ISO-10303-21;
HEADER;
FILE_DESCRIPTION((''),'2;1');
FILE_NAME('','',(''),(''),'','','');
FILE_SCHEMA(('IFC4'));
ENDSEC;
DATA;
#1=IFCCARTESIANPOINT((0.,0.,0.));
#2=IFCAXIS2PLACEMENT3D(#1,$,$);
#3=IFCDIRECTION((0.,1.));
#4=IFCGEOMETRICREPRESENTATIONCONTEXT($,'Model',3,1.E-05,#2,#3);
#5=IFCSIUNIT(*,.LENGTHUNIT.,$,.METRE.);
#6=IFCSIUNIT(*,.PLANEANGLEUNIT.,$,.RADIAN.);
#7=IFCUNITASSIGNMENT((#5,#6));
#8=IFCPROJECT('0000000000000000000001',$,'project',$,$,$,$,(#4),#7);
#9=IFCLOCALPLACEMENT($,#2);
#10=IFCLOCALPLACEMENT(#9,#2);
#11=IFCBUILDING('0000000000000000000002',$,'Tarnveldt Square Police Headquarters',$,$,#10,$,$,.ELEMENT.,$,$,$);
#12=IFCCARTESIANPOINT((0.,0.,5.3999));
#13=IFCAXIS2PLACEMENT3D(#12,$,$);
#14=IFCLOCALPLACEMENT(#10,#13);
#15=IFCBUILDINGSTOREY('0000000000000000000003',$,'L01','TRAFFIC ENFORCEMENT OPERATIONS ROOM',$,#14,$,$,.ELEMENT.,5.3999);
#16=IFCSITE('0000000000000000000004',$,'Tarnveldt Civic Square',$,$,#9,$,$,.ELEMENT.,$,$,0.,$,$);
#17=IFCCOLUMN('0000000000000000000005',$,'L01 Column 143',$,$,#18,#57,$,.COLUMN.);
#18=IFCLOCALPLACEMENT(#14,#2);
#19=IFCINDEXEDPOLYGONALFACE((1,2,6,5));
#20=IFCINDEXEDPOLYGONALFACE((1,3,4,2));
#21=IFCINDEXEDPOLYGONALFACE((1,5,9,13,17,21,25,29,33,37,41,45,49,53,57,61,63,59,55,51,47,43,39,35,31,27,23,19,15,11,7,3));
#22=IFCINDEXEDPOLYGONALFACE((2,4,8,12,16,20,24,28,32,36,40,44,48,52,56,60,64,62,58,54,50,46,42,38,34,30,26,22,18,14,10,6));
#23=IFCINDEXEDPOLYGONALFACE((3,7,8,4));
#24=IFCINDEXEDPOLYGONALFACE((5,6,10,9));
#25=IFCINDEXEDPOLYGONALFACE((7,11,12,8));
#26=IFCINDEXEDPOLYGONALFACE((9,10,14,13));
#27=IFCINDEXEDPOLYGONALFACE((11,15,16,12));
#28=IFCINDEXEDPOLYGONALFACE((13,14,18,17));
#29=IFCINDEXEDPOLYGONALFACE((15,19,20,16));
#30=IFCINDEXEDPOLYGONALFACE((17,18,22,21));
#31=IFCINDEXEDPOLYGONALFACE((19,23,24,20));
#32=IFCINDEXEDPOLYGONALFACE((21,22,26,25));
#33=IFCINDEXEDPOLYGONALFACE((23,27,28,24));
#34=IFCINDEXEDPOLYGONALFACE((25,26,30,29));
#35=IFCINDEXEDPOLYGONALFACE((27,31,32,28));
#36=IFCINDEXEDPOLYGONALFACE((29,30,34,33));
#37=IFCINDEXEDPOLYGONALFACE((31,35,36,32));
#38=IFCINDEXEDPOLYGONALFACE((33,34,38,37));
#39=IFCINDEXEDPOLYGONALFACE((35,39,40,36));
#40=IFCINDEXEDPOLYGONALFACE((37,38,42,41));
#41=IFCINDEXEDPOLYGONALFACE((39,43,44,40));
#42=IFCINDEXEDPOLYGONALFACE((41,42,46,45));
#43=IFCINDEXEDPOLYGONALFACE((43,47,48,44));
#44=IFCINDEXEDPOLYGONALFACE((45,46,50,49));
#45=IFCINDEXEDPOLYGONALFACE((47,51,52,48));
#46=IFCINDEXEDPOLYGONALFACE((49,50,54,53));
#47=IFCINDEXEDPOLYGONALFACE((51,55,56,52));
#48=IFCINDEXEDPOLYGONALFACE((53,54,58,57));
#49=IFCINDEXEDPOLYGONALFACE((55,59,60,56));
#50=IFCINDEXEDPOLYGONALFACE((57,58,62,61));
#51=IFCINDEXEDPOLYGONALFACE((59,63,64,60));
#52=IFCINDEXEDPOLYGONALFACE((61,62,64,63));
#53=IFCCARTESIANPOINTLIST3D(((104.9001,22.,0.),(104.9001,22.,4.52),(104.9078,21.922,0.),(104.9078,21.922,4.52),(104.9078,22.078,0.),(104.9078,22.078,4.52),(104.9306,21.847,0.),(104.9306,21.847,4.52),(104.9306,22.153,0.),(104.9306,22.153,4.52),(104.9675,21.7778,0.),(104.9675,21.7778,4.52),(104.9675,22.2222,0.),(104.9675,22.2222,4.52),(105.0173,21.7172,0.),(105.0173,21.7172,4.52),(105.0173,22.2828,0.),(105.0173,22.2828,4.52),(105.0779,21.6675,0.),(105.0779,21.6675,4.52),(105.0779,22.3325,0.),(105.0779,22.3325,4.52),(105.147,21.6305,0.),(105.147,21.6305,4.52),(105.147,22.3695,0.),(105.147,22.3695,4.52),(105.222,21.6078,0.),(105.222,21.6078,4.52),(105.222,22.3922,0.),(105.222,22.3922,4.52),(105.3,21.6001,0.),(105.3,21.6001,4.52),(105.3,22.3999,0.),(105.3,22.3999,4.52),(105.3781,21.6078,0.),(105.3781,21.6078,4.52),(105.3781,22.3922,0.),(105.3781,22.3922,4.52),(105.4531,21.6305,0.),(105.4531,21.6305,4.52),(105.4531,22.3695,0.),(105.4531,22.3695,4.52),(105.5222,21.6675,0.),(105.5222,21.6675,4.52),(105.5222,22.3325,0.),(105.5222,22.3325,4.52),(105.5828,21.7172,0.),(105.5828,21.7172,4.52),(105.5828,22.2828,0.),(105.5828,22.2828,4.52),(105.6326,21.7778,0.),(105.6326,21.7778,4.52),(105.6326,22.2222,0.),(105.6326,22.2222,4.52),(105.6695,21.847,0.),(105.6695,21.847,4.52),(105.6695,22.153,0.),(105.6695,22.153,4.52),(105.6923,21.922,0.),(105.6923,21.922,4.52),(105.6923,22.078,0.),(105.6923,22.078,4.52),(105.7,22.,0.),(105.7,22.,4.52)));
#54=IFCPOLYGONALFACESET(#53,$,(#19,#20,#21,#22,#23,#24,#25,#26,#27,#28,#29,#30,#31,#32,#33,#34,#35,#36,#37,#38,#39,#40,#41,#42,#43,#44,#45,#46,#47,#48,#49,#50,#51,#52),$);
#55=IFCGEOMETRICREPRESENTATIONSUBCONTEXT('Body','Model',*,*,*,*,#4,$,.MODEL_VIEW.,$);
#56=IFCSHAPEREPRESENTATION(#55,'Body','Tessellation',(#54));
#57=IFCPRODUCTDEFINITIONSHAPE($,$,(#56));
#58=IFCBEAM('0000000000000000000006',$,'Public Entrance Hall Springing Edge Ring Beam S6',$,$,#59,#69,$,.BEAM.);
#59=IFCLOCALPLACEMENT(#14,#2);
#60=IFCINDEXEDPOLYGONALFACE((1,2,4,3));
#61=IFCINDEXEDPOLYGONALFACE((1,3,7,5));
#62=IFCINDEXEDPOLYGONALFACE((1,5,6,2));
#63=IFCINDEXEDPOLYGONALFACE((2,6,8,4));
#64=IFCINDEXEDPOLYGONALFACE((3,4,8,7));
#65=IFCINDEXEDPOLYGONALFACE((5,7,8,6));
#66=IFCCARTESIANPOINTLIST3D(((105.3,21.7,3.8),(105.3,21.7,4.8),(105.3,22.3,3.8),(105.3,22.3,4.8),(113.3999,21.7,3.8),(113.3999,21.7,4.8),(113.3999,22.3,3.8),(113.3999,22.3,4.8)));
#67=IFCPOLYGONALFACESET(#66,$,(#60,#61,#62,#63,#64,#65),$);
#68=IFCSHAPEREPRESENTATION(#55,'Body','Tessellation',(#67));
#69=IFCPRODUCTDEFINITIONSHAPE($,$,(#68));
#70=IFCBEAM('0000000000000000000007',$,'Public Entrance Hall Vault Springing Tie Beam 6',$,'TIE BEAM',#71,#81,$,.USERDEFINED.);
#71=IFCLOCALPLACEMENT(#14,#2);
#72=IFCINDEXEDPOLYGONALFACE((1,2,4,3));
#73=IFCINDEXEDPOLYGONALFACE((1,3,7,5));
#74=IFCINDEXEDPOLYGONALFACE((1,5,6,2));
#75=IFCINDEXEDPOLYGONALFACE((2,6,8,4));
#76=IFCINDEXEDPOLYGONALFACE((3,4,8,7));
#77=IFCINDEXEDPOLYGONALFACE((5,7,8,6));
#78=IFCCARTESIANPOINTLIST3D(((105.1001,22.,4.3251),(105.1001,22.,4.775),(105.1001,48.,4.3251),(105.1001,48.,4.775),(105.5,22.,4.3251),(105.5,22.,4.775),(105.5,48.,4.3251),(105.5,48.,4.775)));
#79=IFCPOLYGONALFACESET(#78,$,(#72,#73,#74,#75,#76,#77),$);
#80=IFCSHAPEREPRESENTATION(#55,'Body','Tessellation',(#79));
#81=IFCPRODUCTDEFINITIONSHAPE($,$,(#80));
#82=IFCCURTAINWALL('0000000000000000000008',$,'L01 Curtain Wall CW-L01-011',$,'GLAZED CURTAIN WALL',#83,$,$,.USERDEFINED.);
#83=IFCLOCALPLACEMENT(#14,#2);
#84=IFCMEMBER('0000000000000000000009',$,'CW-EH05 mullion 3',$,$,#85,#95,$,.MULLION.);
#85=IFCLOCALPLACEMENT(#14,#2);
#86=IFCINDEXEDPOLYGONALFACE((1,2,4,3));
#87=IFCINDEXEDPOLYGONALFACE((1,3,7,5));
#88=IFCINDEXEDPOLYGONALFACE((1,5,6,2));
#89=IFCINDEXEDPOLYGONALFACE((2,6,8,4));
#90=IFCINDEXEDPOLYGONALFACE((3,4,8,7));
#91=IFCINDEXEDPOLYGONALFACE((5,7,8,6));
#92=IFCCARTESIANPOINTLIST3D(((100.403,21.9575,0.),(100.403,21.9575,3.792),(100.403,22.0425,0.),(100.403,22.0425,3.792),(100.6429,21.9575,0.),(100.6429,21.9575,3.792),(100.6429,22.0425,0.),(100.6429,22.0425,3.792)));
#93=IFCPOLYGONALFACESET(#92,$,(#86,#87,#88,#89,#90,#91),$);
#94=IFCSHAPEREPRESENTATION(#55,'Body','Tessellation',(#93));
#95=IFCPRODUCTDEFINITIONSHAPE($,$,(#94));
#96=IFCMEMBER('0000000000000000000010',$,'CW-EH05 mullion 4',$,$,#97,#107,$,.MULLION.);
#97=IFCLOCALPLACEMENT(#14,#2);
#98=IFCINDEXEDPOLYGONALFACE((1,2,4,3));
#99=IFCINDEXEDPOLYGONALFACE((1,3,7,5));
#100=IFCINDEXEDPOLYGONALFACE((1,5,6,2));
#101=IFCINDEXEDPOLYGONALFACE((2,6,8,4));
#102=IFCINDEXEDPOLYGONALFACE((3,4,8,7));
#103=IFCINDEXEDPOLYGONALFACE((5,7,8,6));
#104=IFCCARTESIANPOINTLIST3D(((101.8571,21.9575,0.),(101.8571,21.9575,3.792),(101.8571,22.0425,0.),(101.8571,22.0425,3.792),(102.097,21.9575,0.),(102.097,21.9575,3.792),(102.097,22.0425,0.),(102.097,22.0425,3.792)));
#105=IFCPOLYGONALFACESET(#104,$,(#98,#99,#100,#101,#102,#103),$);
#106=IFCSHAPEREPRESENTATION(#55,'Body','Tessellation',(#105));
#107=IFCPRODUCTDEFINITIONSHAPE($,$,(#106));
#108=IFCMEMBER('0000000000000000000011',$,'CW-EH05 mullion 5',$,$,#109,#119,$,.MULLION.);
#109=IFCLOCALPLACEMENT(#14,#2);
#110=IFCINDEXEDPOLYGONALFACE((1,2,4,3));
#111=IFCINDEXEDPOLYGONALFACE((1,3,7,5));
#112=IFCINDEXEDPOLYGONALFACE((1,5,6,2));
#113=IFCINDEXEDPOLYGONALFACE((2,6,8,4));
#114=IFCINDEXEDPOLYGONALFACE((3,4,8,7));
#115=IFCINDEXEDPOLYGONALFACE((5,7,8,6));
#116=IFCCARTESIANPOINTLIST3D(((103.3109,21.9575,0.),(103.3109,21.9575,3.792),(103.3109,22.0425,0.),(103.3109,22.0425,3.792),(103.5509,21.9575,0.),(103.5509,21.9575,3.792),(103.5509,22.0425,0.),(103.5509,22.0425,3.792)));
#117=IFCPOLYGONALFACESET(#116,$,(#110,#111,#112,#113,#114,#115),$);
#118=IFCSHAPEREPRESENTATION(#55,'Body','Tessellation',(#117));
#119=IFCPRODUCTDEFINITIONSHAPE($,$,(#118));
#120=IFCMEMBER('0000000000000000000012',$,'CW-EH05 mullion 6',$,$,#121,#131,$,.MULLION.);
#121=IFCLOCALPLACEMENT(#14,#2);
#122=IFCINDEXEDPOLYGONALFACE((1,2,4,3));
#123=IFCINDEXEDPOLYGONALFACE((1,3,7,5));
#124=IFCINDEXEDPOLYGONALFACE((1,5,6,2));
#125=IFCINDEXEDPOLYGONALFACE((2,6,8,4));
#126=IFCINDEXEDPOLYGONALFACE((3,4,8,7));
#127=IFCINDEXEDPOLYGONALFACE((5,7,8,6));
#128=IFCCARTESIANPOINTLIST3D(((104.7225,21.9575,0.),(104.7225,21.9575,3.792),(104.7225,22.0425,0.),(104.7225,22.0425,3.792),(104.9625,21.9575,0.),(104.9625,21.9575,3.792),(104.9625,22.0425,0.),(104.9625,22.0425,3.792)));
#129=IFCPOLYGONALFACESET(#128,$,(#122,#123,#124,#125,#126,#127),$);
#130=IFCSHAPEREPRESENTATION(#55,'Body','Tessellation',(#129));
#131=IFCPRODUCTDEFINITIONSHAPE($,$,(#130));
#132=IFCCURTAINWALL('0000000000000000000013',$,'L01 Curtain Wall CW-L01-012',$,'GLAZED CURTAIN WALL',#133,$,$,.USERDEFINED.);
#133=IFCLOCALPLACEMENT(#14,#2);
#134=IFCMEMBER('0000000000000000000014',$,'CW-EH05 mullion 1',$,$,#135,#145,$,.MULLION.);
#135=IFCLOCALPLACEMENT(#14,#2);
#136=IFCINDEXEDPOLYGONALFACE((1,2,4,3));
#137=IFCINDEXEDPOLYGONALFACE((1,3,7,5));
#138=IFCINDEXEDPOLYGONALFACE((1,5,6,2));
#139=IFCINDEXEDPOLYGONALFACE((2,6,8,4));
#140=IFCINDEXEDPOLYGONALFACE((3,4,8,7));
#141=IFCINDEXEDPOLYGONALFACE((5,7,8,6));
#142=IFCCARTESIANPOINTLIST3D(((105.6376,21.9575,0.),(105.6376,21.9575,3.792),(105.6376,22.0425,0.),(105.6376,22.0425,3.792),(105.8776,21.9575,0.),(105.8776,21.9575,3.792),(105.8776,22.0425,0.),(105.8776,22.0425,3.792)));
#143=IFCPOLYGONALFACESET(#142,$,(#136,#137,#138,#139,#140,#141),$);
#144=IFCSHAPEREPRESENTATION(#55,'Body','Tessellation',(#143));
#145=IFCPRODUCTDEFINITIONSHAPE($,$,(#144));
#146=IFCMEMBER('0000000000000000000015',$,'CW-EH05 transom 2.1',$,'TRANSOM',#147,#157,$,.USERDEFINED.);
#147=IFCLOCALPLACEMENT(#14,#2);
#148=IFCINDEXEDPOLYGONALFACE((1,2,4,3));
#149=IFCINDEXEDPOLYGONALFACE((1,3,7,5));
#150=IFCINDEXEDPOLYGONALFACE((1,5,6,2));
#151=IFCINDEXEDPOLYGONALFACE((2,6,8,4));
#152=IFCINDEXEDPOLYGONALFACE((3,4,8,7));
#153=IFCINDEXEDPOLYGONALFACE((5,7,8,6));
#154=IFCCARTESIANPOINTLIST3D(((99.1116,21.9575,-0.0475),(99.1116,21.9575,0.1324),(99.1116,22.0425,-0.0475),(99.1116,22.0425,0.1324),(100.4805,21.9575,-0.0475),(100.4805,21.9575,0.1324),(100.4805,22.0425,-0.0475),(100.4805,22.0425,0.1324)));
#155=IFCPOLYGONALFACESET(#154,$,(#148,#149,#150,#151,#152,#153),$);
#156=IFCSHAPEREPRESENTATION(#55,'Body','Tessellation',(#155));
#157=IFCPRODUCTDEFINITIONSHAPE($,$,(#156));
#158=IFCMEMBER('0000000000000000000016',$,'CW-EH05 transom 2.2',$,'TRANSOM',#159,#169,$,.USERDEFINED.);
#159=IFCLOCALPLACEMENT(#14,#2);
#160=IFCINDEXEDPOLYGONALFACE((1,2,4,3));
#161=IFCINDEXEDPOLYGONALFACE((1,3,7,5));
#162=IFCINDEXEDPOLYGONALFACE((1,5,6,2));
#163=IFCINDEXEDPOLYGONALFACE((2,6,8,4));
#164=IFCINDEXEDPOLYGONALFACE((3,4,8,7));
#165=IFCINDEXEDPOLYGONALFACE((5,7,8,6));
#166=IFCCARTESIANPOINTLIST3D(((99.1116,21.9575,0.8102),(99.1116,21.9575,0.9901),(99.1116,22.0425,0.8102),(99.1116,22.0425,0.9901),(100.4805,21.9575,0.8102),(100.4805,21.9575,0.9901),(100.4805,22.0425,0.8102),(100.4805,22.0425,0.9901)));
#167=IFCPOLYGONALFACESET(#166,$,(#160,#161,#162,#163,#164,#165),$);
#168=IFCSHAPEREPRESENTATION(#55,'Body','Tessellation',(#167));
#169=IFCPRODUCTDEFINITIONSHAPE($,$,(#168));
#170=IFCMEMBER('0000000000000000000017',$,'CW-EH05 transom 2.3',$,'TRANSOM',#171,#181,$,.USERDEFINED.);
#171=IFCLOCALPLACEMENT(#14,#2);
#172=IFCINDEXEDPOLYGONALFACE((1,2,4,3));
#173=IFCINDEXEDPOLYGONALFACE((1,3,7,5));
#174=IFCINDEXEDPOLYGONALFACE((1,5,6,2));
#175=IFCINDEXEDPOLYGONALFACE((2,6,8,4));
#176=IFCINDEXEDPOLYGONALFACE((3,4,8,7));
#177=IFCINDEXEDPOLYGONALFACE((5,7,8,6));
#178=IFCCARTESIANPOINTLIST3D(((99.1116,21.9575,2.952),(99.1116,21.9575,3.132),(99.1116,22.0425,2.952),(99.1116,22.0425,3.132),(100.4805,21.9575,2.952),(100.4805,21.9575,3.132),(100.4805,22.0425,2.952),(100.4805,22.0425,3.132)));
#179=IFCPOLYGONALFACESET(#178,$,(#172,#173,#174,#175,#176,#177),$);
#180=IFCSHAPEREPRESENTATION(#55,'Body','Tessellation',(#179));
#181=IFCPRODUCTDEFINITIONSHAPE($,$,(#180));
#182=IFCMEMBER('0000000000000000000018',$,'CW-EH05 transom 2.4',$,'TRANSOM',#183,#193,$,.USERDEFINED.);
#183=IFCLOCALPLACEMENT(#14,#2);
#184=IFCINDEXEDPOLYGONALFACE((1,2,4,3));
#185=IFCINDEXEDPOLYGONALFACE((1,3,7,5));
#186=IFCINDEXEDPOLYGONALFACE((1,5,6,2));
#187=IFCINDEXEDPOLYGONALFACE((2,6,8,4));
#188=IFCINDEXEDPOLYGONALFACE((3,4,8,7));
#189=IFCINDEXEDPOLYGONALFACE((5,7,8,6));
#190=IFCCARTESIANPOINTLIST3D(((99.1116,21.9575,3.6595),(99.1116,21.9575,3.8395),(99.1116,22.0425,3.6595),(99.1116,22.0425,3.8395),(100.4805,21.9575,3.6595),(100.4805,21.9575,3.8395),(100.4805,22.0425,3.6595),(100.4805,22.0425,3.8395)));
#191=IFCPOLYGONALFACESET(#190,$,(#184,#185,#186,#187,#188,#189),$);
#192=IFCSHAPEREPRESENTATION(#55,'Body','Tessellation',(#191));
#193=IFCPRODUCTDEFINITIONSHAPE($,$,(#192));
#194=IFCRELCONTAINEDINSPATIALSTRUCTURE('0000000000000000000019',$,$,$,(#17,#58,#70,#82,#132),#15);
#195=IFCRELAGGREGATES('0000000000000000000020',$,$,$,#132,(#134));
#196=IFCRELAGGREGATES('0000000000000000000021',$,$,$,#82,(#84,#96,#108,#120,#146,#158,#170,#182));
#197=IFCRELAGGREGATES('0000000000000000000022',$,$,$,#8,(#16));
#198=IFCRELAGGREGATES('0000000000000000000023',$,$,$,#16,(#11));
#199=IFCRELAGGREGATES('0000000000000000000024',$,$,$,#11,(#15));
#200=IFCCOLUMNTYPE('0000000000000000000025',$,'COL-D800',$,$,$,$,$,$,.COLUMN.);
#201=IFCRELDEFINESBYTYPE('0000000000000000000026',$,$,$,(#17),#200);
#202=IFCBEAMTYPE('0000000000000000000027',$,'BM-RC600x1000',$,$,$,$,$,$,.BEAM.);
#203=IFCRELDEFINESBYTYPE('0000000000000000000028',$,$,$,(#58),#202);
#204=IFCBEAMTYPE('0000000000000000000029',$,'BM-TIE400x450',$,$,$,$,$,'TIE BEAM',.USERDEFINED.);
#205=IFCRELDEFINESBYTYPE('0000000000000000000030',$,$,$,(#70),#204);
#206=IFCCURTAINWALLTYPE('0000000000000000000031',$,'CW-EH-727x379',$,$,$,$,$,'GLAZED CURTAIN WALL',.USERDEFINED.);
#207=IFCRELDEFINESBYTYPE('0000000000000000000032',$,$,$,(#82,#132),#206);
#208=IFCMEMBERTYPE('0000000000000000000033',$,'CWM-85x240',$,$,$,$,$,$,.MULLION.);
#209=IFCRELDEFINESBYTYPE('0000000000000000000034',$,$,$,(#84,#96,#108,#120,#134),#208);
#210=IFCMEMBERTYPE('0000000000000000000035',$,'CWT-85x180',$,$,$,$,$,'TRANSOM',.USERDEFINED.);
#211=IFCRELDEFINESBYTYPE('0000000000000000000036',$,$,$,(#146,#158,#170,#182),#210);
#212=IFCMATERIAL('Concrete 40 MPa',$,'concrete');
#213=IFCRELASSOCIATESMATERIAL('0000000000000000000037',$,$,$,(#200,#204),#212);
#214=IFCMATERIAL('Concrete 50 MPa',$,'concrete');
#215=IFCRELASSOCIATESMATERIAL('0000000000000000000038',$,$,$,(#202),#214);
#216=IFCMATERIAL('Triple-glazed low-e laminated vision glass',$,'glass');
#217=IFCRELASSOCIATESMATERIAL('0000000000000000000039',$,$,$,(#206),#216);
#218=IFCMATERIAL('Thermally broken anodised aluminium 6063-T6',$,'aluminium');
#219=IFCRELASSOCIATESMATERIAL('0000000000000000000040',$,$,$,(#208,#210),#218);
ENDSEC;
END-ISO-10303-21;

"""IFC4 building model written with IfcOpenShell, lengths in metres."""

from ifc_helpers import new_model, si_unit, direction, frame, origin, origin_2d, place, context, subcontext, project, spatial, rectangle, circle, extrude, material, material_profile, profile_set, type_object, element, aggregate, save


model = new_model("IFC4")

# Units and contexts
model_context = context("Model", 3, precision=1e-05, world=origin(), true_north=direction((0.0, 1.0)))
body_context = subcontext(model_context, "Body", "Model", "MODEL_VIEW")
ifc_project = project(units=[si_unit("LENGTHUNIT", "METRE"), si_unit("PLANEANGLEUNIT", "RADIAN")], contexts=[model_context])

# Site, building, storey
site_placement = place(None, origin())
site = spatial("IfcSite", under=ifc_project, at=site_placement, Name="Tarnveldt Civic Square", CompositionType="ELEMENT", RefElevation=0.0)
building_placement = place(site_placement, origin())
building = spatial("IfcBuilding", under=site, at=building_placement, Name="Tarnveldt Square Police Headquarters", CompositionType="ELEMENT")
storey_placement = place(building_placement, frame((0.0, 0.0, 5.3999)))
storey = spatial("IfcBuildingStorey", under=building, at=storey_placement, Name="L01", Description="TRAFFIC ENFORCEMENT OPERATIONS ROOM", CompositionType="ELEMENT", Elevation=5.3999)

# Column
ifc_material_1 = material(Name="Concrete 40 MPa", Category="concrete")
ifc_material_profile_1 = material_profile(ifc_material_1, circle(Radius=0.3999, at=origin_2d()), Name="RC-D800")
ifc_profile_set_1 = profile_set([ifc_material_profile_1], Name="Concrete 40 MPa")
column_type = type_object("IfcColumnType", Name="COL-D800", PredefinedType="COLUMN", material=ifc_profile_set_1)
column_placement = place(storey_placement, frame((105.3, 22.0, 0.0), z_axis=(0.0, 0.0, 1.0), x_axis=(1.0, 0.0, 0.0)))
element("IfcColumn", 1, at=column_placement, inside=storey, type_object=column_type, Name="L01 Column 143", PredefinedType="COLUMN", context=body_context, shape_type="SweptSolid", body=[
    extrude(circle(Radius=0.3999, at=origin_2d()), origin(), (0.0, 0.0, 1.0), 4.52),
])

# Beams
ifc_material_2 = material(Name="Concrete 50 MPa", Category="concrete")
ifc_material_profile_2 = material_profile(ifc_material_2, rectangle(XDim=0.6001, YDim=1.0, at=origin_2d()), Name="RC-B600x1000")
ifc_profile_set_2 = profile_set([ifc_material_profile_2], Name="Concrete 50 MPa")
beam_type_1 = type_object("IfcBeamType", Name="BM-RC600x1000", PredefinedType="BEAM", material=ifc_profile_set_2)
beam_1_placement = place(storey_placement, frame((105.3, 22.0, 4.3), z_axis=(1.0, 0.0, 0.0), x_axis=(0.0, 1.0, 0.0)))
element("IfcBeam", 2, at=beam_1_placement, inside=storey, type_object=beam_type_1, Name="Public Entrance Hall Springing Edge Ring Beam S6", PredefinedType="BEAM", context=body_context, shape_type="SweptSolid", body=[
    extrude(rectangle(XDim=0.6001, YDim=1.0, at=origin_2d()), origin(), (0.0, 0.0, 1.0), 8.0999),
])
ifc_material_profile_3 = material_profile(ifc_material_1, rectangle(XDim=0.3999, YDim=0.45, at=origin_2d()), Name="RC-TIE400x450")
ifc_profile_set_3 = profile_set([ifc_material_profile_3], Name="Concrete 40 MPa")
beam_type_2 = type_object("IfcBeamType", Name="BM-TIE400x450", ElementType="TIE BEAM", PredefinedType="USERDEFINED", material=ifc_profile_set_3)
beam_2_placement = place(storey_placement, frame((105.3, 22.0, 4.55), z_axis=(0.0, 1.0, 0.0), x_axis=(-1.0, 0.0, 0.0)))
element("IfcBeam", 3, at=beam_2_placement, inside=storey, type_object=beam_type_2, Name="Public Entrance Hall Vault Springing Tie Beam 6", ObjectType="TIE BEAM", PredefinedType="USERDEFINED", context=body_context, shape_type="SweptSolid", body=[
    extrude(rectangle(XDim=0.3999, YDim=0.45, at=origin_2d()), origin(), (0.0, 0.0, 1.0), 26.0),
])

# Curtain wall, members
ifc_material_3 = material(Name="Triple-glazed low-e laminated vision glass", Category="glass")
curtain_wall_type = type_object("IfcCurtainWallType", Name="CW-EH-727x379", ElementType="GLAZED CURTAIN WALL", PredefinedType="USERDEFINED", material=ifc_material_3)
curtain_wall_1_placement = place(storey_placement, origin())
curtain_wall_1 = element("IfcCurtainWall", 4, at=curtain_wall_1_placement, inside=storey, type_object=curtain_wall_type, Name="L01 Curtain Wall CW-L01-011", ObjectType="GLAZED CURTAIN WALL", PredefinedType="USERDEFINED")
ifc_material_4 = material(Name="Thermally broken anodised aluminium 6063-T6", Category="aluminium")
ifc_material_profile_4 = material_profile(ifc_material_4, rectangle(XDim=0.085, YDim=0.24, at=origin_2d()), Name="CW-M85x240")
ifc_profile_set_4 = profile_set([ifc_material_profile_4], Name="Thermally broken anodised aluminium 6063-T6")
member_type_1 = type_object("IfcMemberType", Name="CWM-85x240", PredefinedType="MULLION", material=ifc_profile_set_4)
member_1_placement = place(storey_placement, frame((100.5229, 22.0, 0.0), z_axis=(0.0, 0.0, 1.0), x_axis=(0.0, 1.0, 0.0)))
member_1 = element("IfcMember", 5, at=member_1_placement, type_object=member_type_1, Name="CW-EH05 mullion 3", PredefinedType="MULLION", context=body_context, shape_type="SweptSolid", body=[
    extrude(rectangle(XDim=0.085, YDim=0.24, at=origin_2d()), origin(), (0.0, 0.0, 1.0), 3.792),
])
member_2_placement = place(storey_placement, frame((101.9771, 22.0, 0.0), z_axis=(0.0, 0.0, 1.0), x_axis=(0.0, 1.0, 0.0)))
member_2 = element("IfcMember", 6, at=member_2_placement, type_object=member_type_1, Name="CW-EH05 mullion 4", PredefinedType="MULLION", context=body_context, shape_type="SweptSolid", body=[
    extrude(rectangle(XDim=0.085, YDim=0.24, at=origin_2d()), origin(), (0.0, 0.0, 1.0), 3.792),
])
member_3_placement = place(storey_placement, frame((103.4309, 22.0, 0.0), z_axis=(0.0, 0.0, 1.0), x_axis=(0.0, 1.0, 0.0)))
member_3 = element("IfcMember", 7, at=member_3_placement, type_object=member_type_1, Name="CW-EH05 mullion 5", PredefinedType="MULLION", context=body_context, shape_type="SweptSolid", body=[
    extrude(rectangle(XDim=0.085, YDim=0.24, at=origin_2d()), origin(), (0.0, 0.0, 1.0), 3.792),
])
member_4_placement = place(storey_placement, frame((104.8425, 22.0, 0.0), z_axis=(0.0, 0.0, 1.0), x_axis=(0.0, 1.0, 0.0)))
member_4 = element("IfcMember", 8, at=member_4_placement, type_object=member_type_1, Name="CW-EH05 mullion 6", PredefinedType="MULLION", context=body_context, shape_type="SweptSolid", body=[
    extrude(rectangle(XDim=0.085, YDim=0.24, at=origin_2d()), origin(), (0.0, 0.0, 1.0), 3.792),
])

# Curtain wall, member
curtain_wall_2_placement = place(storey_placement, origin())
curtain_wall_2 = element("IfcCurtainWall", 9, at=curtain_wall_2_placement, inside=storey, type_object=curtain_wall_type, Name="L01 Curtain Wall CW-L01-012", ObjectType="GLAZED CURTAIN WALL", PredefinedType="USERDEFINED")
member_5_placement = place(storey_placement, frame((105.7576, 22.0, 0.0), z_axis=(0.0, 0.0, 1.0), x_axis=(0.0, 1.0, 0.0)))
member_5 = element("IfcMember", 10, at=member_5_placement, type_object=member_type_1, Name="CW-EH05 mullion 1", PredefinedType="MULLION", context=body_context, shape_type="SweptSolid", body=[
    extrude(rectangle(XDim=0.085, YDim=0.24, at=origin_2d()), origin(), (0.0, 0.0, 1.0), 3.792),
])

# Members
ifc_material_profile_5 = material_profile(ifc_material_4, rectangle(XDim=0.085, YDim=0.1799, at=origin_2d()), Name="CW-T85x180")
ifc_profile_set_5 = profile_set([ifc_material_profile_5], Name="Thermally broken anodised aluminium 6063-T6")
member_type_2 = type_object("IfcMemberType", Name="CWT-85x180", ElementType="TRANSOM", PredefinedType="USERDEFINED", material=ifc_profile_set_5)
member_6_placement = place(storey_placement, frame((99.1116, 22.0, 0.0425), z_axis=(1.0, 0.0, 0.0), x_axis=(0.0, 1.0, 0.0)))
member_6 = element("IfcMember", 11, at=member_6_placement, type_object=member_type_2, Name="CW-EH05 transom 2.1", ObjectType="TRANSOM", PredefinedType="USERDEFINED", context=body_context, shape_type="SweptSolid", body=[
    extrude(rectangle(XDim=0.085, YDim=0.1799, at=origin_2d()), origin(), (0.0, 0.0, 1.0), 1.3689),
])
member_7_placement = place(storey_placement, frame((99.1116, 22.0, 0.9001), z_axis=(1.0, 0.0, 0.0), x_axis=(0.0, 1.0, 0.0)))
member_7 = element("IfcMember", 12, at=member_7_placement, type_object=member_type_2, Name="CW-EH05 transom 2.2", ObjectType="TRANSOM", PredefinedType="USERDEFINED", context=body_context, shape_type="SweptSolid", body=[
    extrude(rectangle(XDim=0.085, YDim=0.1799, at=origin_2d()), origin(), (0.0, 0.0, 1.0), 1.3689),
])
member_8_placement = place(storey_placement, frame((99.1116, 22.0, 3.042), z_axis=(1.0, 0.0, 0.0), x_axis=(0.0, 1.0, 0.0)))
member_8 = element("IfcMember", 13, at=member_8_placement, type_object=member_type_2, Name="CW-EH05 transom 2.3", ObjectType="TRANSOM", PredefinedType="USERDEFINED", context=body_context, shape_type="SweptSolid", body=[
    extrude(rectangle(XDim=0.085, YDim=0.1799, at=origin_2d()), origin(), (0.0, 0.0, 1.0), 1.3689),
])
member_9_placement = place(storey_placement, frame((99.1116, 22.0, 3.7495), z_axis=(1.0, 0.0, 0.0), x_axis=(0.0, 1.0, 0.0)))
member_9 = element("IfcMember", 14, at=member_9_placement, type_object=member_type_2, Name="CW-EH05 transom 2.4", ObjectType="TRANSOM", PredefinedType="USERDEFINED", context=body_context, shape_type="SweptSolid", body=[
    extrude(rectangle(XDim=0.085, YDim=0.1799, at=origin_2d()), origin(), (0.0, 0.0, 1.0), 1.3689),
])
aggregate(curtain_wall_2, [member_5])

aggregate(curtain_wall_1, [member_1, member_2, member_3, member_4, member_6, member_7, member_8, member_9])

save(model, "model.ifc")
